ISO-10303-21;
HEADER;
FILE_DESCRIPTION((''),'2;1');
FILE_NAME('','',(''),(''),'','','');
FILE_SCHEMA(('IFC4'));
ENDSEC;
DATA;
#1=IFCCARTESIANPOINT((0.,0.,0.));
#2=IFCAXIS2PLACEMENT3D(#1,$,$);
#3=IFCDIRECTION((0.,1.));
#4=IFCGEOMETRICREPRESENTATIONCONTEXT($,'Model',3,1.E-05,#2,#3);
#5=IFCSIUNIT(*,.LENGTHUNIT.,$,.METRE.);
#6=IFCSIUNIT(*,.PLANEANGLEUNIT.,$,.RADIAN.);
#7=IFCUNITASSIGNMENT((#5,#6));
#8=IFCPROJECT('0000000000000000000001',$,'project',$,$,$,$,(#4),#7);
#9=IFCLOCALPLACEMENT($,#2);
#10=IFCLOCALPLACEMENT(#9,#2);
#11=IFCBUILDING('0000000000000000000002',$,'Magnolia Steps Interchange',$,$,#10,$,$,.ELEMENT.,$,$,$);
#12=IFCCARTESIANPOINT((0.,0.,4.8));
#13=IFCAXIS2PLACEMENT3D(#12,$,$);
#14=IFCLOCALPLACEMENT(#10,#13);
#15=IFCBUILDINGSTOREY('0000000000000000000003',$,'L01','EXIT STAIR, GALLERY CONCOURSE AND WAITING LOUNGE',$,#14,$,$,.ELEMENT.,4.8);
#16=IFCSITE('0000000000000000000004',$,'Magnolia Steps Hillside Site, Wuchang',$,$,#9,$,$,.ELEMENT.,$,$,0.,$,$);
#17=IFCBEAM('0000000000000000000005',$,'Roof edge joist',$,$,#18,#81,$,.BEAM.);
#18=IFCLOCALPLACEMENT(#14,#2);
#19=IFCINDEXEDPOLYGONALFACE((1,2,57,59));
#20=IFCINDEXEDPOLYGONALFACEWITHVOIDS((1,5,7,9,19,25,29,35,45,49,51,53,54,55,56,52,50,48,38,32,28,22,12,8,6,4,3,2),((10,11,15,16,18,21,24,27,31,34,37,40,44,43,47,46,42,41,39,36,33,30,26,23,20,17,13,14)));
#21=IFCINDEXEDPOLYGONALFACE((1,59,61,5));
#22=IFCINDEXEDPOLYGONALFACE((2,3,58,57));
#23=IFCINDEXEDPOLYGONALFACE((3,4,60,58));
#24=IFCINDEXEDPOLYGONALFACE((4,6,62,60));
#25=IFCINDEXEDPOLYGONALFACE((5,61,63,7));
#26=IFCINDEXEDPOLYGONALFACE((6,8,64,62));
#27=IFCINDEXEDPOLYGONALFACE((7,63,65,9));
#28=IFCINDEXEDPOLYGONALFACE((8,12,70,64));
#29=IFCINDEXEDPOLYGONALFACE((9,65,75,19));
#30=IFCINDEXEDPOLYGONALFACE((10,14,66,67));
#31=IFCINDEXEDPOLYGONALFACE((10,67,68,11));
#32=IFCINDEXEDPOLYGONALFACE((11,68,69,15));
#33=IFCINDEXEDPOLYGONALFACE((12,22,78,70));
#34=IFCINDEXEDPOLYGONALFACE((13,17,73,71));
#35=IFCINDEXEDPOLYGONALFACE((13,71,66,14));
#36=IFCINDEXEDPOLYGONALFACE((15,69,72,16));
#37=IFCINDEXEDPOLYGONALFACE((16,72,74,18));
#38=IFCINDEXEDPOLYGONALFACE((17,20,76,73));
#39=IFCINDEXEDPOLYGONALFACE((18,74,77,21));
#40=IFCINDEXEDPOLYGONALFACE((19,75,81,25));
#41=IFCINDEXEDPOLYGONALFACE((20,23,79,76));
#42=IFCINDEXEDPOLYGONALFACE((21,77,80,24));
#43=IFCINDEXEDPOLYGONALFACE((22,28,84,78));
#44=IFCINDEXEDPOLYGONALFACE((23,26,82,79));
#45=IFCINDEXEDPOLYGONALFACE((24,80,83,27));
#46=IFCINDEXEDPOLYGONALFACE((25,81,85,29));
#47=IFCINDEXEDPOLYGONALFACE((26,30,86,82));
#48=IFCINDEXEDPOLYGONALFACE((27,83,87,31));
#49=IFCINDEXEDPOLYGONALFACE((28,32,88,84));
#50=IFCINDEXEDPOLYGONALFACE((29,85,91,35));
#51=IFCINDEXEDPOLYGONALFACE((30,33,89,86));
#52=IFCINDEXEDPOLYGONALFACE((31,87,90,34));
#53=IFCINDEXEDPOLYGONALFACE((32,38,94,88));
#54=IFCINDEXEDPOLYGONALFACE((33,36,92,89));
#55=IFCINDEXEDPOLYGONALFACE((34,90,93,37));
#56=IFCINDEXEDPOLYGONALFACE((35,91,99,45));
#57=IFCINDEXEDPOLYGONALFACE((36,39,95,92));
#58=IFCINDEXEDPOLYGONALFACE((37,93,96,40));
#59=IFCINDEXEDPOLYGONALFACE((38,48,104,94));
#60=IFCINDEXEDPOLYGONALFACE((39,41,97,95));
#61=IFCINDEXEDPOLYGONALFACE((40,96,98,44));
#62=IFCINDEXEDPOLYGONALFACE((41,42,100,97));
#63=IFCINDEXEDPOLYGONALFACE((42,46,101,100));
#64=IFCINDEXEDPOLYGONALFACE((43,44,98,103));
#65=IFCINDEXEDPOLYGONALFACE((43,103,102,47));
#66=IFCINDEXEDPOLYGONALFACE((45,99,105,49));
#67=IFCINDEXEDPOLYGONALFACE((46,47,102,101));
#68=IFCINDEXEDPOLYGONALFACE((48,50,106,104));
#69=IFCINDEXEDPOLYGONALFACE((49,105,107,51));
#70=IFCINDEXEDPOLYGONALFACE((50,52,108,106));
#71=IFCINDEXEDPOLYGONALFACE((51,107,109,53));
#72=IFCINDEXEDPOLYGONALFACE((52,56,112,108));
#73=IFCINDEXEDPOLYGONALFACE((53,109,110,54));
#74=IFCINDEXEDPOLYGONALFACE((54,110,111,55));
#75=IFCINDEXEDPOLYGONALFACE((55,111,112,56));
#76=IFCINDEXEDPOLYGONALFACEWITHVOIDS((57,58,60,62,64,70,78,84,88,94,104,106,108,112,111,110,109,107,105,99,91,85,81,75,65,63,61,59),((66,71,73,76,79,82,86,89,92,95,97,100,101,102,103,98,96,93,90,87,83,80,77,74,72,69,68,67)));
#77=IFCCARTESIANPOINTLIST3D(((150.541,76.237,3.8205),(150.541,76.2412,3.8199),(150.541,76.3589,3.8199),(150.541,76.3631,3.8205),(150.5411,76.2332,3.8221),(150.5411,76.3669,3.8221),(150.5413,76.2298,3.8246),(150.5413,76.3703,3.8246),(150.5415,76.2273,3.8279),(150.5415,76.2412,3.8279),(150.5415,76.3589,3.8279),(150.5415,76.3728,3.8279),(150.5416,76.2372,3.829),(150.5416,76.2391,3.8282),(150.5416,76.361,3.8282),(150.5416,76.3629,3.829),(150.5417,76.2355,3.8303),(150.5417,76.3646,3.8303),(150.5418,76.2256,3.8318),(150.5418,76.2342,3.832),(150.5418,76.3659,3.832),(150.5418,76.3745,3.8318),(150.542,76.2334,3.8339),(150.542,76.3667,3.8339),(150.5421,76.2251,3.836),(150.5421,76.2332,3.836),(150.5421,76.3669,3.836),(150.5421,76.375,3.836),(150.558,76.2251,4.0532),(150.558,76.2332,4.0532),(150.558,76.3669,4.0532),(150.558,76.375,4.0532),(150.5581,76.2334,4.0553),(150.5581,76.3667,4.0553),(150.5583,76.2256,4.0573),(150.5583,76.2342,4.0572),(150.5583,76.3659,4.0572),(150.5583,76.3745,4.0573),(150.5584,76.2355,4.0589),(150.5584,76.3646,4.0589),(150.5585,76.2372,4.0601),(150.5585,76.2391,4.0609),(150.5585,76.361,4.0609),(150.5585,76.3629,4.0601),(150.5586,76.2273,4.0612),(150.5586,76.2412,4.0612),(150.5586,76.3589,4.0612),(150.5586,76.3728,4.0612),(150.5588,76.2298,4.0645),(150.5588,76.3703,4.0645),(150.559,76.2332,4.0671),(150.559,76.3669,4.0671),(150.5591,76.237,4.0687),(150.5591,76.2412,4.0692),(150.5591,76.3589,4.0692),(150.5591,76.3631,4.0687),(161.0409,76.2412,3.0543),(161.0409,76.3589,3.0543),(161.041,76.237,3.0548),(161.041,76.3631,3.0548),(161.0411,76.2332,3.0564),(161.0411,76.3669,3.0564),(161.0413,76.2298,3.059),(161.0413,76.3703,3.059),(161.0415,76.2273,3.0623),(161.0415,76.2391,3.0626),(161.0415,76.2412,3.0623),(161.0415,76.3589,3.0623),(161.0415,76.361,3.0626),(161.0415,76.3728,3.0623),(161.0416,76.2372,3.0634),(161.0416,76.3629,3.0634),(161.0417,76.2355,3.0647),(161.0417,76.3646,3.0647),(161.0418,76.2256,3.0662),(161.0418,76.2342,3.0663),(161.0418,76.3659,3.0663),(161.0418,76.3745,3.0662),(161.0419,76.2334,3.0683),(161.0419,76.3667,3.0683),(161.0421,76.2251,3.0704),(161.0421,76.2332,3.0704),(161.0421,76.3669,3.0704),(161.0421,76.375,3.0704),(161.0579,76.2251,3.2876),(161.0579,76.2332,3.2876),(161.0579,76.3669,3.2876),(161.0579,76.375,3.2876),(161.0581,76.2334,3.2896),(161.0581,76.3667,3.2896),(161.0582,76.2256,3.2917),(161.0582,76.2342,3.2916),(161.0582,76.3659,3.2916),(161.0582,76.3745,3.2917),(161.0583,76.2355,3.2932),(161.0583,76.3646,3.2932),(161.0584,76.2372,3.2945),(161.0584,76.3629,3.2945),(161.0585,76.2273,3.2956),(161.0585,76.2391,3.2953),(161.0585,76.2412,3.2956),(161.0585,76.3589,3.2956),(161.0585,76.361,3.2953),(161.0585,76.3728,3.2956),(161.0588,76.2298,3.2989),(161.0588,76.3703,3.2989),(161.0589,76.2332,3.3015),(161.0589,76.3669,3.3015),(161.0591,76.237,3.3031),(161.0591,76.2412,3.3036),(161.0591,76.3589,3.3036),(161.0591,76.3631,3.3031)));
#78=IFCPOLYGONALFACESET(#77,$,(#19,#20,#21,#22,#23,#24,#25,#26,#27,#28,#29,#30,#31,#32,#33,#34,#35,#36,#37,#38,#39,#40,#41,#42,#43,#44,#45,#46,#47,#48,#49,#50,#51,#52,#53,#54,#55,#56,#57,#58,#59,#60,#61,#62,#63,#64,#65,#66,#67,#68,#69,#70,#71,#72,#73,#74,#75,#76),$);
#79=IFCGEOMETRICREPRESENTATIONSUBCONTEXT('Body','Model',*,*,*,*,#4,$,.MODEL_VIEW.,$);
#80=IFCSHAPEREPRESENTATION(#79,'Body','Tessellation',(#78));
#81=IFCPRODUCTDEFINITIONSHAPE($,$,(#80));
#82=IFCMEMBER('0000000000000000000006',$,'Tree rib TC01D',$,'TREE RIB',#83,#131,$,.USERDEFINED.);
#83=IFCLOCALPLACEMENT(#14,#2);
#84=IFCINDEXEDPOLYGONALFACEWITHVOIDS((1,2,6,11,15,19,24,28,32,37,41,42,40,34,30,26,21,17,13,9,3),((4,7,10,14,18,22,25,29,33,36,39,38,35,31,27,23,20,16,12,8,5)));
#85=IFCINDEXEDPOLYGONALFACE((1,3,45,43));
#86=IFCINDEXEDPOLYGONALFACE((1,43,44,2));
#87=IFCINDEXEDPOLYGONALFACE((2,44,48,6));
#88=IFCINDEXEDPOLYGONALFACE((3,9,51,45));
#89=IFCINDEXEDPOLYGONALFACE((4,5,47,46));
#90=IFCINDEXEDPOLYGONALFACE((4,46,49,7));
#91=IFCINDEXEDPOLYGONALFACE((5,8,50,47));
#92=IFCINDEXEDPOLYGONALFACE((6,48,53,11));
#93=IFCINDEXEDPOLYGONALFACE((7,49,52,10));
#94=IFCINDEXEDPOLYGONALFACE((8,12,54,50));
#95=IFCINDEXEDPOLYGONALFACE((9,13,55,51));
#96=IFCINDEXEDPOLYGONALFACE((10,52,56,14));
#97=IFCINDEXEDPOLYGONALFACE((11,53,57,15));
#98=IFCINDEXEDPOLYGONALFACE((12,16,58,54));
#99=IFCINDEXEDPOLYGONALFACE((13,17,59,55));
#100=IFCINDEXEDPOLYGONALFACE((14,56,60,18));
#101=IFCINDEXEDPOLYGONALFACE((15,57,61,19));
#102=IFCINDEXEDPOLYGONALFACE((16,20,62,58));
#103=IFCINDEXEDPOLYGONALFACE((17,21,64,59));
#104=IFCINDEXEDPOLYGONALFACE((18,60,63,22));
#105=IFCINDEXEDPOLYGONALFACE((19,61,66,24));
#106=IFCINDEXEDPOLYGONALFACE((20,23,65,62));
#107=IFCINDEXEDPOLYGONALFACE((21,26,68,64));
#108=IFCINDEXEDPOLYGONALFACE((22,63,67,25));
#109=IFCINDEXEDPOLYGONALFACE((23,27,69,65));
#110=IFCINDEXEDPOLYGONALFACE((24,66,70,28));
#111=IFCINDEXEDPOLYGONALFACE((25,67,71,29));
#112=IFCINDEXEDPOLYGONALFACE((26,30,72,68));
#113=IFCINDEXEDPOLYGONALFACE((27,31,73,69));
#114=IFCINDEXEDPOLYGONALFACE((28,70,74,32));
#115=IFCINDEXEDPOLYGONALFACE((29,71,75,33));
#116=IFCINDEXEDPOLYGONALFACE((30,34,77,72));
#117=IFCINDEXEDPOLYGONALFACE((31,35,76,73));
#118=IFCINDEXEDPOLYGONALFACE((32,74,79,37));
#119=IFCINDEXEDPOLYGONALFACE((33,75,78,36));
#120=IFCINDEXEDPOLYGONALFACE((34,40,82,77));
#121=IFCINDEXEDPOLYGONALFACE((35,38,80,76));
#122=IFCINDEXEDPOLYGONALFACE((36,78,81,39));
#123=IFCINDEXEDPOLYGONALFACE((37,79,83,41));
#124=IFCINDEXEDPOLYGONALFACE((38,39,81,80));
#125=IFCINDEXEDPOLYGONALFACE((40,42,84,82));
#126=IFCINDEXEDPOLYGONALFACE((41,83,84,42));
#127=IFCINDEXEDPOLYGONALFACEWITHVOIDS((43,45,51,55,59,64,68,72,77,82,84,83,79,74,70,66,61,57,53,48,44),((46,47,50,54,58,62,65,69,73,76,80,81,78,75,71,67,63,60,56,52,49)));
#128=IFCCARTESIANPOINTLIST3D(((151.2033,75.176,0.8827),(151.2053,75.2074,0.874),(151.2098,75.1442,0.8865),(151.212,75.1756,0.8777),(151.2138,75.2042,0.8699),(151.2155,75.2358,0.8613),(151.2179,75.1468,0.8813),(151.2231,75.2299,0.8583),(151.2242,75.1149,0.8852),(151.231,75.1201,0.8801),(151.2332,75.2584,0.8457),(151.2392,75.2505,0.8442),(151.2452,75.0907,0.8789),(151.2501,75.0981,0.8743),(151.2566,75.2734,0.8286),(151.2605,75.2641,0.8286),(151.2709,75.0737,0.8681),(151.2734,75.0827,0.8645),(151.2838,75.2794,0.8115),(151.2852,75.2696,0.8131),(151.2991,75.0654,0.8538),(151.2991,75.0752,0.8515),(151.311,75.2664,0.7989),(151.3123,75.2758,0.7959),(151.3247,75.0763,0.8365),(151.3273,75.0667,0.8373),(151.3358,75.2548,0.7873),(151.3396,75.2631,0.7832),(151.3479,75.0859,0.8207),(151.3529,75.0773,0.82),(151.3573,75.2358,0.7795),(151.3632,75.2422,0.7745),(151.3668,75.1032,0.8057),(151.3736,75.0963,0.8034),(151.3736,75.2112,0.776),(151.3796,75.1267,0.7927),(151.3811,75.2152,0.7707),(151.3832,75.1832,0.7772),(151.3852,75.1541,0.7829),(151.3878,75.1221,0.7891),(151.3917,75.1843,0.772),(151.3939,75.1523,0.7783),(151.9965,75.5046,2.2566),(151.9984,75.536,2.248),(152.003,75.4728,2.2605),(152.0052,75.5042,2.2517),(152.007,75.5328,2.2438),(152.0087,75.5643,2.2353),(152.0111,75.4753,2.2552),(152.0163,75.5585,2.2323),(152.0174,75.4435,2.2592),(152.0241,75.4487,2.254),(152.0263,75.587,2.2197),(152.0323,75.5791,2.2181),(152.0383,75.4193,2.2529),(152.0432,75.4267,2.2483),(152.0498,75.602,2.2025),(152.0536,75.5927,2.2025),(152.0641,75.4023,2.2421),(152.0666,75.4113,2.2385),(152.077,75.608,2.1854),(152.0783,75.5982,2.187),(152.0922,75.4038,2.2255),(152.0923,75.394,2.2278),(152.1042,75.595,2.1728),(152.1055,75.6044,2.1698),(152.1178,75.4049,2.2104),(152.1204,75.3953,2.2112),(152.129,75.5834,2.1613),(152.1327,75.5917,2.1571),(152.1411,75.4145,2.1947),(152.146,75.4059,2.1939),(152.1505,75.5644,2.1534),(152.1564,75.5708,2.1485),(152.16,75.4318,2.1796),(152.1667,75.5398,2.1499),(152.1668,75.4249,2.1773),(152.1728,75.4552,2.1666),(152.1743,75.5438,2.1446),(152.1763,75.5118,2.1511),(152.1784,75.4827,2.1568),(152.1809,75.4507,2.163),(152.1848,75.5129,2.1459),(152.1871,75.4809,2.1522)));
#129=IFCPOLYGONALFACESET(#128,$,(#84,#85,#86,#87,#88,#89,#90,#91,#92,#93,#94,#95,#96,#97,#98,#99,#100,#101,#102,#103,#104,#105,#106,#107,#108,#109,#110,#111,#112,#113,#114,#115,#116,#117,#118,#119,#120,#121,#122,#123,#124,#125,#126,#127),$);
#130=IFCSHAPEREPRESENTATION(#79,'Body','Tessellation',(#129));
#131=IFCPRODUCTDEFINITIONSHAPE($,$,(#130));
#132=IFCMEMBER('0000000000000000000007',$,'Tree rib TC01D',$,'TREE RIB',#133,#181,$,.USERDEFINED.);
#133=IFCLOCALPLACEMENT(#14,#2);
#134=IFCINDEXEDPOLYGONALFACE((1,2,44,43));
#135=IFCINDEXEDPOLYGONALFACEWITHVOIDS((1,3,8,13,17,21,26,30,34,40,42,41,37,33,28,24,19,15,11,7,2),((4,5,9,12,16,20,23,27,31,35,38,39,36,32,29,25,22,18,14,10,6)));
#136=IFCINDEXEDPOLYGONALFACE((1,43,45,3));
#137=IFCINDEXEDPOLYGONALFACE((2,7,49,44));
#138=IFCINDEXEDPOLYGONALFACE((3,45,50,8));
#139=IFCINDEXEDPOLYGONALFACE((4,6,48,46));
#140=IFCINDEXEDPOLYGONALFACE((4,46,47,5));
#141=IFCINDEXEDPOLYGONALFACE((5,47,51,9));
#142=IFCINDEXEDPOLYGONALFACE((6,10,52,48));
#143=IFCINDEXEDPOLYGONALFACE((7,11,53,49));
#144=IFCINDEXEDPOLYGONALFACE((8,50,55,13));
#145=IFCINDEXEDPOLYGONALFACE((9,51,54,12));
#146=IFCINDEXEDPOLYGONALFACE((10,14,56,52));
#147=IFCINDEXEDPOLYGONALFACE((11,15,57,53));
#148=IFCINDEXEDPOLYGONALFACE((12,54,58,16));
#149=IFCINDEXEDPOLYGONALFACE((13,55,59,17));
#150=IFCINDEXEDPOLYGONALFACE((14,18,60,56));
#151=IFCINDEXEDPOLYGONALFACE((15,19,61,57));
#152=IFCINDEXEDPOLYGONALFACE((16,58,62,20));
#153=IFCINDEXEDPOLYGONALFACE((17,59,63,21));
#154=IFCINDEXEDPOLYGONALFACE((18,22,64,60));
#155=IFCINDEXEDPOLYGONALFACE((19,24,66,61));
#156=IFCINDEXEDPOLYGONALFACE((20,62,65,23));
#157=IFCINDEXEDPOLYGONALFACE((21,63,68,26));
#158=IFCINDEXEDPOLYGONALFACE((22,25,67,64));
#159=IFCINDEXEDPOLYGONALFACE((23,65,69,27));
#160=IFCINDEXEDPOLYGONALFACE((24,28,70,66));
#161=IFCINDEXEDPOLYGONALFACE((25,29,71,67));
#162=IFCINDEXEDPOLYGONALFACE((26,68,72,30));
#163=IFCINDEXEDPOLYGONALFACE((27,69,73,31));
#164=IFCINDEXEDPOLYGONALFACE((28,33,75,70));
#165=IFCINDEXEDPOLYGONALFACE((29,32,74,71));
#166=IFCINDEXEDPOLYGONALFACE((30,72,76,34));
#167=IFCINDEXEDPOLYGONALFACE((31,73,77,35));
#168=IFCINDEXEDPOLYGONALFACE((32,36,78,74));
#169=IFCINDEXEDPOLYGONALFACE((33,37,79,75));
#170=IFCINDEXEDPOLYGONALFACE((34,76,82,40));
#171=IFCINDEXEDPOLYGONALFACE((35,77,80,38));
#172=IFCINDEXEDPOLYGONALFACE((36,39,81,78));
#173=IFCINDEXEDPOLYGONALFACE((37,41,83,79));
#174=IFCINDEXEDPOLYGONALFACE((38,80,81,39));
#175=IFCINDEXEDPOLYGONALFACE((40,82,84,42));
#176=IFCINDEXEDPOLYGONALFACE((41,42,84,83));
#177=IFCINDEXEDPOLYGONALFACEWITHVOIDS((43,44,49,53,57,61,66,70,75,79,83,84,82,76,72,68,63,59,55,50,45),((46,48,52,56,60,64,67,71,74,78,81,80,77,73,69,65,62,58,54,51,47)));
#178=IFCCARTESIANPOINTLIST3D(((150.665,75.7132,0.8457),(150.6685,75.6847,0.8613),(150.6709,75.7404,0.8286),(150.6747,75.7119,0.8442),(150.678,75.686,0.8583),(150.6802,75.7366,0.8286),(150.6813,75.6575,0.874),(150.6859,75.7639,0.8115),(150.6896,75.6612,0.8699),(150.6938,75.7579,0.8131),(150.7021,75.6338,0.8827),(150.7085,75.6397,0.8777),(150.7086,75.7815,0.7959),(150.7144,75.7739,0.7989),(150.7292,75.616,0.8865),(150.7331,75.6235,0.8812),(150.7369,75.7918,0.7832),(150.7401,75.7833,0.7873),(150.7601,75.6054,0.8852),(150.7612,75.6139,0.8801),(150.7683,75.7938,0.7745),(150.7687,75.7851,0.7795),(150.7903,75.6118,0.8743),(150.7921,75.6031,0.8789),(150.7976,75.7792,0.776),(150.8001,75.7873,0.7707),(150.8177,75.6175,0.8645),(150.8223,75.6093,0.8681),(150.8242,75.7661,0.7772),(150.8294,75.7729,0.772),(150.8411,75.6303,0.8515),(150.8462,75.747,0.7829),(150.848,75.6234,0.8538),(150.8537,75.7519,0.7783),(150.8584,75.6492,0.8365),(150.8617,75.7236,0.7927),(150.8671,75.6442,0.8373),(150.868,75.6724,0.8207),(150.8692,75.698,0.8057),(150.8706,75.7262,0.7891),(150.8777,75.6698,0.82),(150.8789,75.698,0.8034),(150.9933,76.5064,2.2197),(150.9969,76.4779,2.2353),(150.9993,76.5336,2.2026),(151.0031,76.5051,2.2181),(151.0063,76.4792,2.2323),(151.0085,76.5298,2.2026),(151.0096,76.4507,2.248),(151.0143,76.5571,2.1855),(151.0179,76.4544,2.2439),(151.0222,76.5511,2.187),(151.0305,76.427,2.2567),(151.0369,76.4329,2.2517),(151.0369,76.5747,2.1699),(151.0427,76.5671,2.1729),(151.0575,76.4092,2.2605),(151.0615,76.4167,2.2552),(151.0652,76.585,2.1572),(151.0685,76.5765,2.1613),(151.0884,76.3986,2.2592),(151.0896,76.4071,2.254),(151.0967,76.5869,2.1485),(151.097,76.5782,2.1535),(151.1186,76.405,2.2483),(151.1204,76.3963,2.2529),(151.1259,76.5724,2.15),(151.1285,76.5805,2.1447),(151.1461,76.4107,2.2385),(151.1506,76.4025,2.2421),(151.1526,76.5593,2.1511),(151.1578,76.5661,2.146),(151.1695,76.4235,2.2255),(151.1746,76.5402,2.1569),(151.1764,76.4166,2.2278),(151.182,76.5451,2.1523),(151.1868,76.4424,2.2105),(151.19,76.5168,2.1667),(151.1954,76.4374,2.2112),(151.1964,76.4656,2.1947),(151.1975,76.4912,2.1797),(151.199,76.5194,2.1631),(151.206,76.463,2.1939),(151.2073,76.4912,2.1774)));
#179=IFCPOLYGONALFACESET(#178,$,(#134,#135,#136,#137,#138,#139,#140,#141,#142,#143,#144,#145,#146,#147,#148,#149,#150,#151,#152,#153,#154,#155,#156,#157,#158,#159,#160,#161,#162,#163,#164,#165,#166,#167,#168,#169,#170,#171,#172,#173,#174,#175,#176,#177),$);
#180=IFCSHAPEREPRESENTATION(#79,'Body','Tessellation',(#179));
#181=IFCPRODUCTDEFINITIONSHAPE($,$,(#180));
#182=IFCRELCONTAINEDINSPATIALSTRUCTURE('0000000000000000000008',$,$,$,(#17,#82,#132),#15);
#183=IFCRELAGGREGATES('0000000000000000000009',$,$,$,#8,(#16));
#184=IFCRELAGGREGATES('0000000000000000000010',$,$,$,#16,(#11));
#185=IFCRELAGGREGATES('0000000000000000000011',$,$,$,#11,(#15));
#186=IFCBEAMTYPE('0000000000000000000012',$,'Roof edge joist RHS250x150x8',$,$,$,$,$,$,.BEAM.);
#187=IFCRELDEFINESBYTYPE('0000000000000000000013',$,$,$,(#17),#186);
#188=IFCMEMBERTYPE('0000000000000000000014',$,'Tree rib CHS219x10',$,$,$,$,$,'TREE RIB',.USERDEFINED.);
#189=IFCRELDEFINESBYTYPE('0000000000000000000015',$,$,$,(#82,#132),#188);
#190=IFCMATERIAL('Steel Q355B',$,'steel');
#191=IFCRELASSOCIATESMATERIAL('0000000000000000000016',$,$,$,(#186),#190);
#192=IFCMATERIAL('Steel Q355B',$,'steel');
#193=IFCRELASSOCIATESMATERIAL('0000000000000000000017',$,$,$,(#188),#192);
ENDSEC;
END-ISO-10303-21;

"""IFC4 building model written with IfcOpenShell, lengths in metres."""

from ifc_helpers import new_model, si_unit, direction, frame, origin, origin_2d, place, context, subcontext, project, spatial, hollow_rectangle, hollow_circle, extrude, material, material_profile, profile_set, type_object, element, save


model = new_model("IFC4")

# Units and contexts
model_context = context("Model", 3, precision=1e-05, world=origin(), true_north=direction((0.0, 1.0)))
body_context = subcontext(model_context, "Body", "Model", "MODEL_VIEW")
ifc_project = project(units=[si_unit("LENGTHUNIT", "METRE"), si_unit("PLANEANGLEUNIT", "RADIAN")], contexts=[model_context])

# Site, building, storey
site_placement = place(None, origin())
site = spatial("IfcSite", under=ifc_project, at=site_placement, Name="Magnolia Steps Hillside Site, Wuchang", CompositionType="ELEMENT", RefElevation=0.0)
building_placement = place(site_placement, origin())
building = spatial("IfcBuilding", under=site, at=building_placement, Name="Magnolia Steps Interchange", CompositionType="ELEMENT")
storey_placement = place(building_placement, frame((0.0, 0.0, 4.8)))
storey = spatial("IfcBuildingStorey", under=building, at=storey_placement, Name="L01", Description="EXIT STAIR, GALLERY CONCOURSE AND WAITING LOUNGE", CompositionType="ELEMENT", Elevation=4.8)

# Beam
ifc_material_1 = material(Name="Steel Q355B", Category="steel")
ifc_material_profile_1 = material_profile(ifc_material_1, hollow_rectangle(XDim=0.1499, YDim=0.25, WallThickness=0.0081, InnerFilletRadius=0.0081, OuterFilletRadius=0.0161, at=origin_2d()), Name="RHS250x150x8")
ifc_profile_set_1 = profile_set([ifc_material_profile_1], Name="Steel Q355B")
beam_type_1 = type_object("IfcBeamType", Name="Roof edge joist RHS250x150x8", PredefinedType="BEAM", material=ifc_profile_set_1)
beam_1_placement = place(storey_placement, frame((150.55, 76.3, 3.9446), z_axis=(0.997352, 0.0, -0.072724), x_axis=(0.0, 1.0, 0.0)))
element("IfcBeam", 1, at=beam_1_placement, inside=storey, type_object=beam_type_1, Name="Roof edge joist", PredefinedType="BEAM", context=body_context, shape_type="SweptSolid", body=[
    extrude(hollow_rectangle(XDim=0.1499, YDim=0.25, WallThickness=0.0081, InnerFilletRadius=0.0081, OuterFilletRadius=0.0161, at=origin_2d()), origin(), (0.0, 0.0, 1.0), 10.5278),
])

# Members
ifc_material_2 = material(Name="Steel Q355B", Category="steel")
ifc_material_profile_2 = material_profile(ifc_material_2, hollow_circle(Radius=0.1096, WallThickness=0.01, at=origin_2d()), Name="CHS219x10")
ifc_profile_set_2 = profile_set([ifc_material_profile_2], Name="Steel Q355B")
member_type = type_object("IfcMemberType", Name="Tree rib CHS219x10", ElementType="TREE RIB", PredefinedType="USERDEFINED", material=ifc_profile_set_2)
for number, where, z_axis, x_axis, name in (
    (2, (151.2986, 75.1721, 0.8286), (0.489571, 0.20282, 0.848047), (-0.382737, 0.923857, 0.0), "Tree rib TC01D"),
    (3, (150.7722, 75.6985, 0.8286), (0.202676, 0.489586, 0.848073), (-0.923958, 0.382494, 0.0), "Tree rib TC01D"),
):
    element("IfcMember", number, at=place(storey_placement, frame(where, z_axis=z_axis, x_axis=x_axis)), inside=storey, type_object=member_type, Name=name, ObjectType="TREE RIB", PredefinedType="USERDEFINED", context=body_context, shape_type="SweptSolid", body=[
        extrude(hollow_circle(Radius=0.1096, WallThickness=0.01, at=origin_2d()), origin(), (0.0, 0.0, 1.0), 1.6201),
    ])

save(model, "model.ifc")
